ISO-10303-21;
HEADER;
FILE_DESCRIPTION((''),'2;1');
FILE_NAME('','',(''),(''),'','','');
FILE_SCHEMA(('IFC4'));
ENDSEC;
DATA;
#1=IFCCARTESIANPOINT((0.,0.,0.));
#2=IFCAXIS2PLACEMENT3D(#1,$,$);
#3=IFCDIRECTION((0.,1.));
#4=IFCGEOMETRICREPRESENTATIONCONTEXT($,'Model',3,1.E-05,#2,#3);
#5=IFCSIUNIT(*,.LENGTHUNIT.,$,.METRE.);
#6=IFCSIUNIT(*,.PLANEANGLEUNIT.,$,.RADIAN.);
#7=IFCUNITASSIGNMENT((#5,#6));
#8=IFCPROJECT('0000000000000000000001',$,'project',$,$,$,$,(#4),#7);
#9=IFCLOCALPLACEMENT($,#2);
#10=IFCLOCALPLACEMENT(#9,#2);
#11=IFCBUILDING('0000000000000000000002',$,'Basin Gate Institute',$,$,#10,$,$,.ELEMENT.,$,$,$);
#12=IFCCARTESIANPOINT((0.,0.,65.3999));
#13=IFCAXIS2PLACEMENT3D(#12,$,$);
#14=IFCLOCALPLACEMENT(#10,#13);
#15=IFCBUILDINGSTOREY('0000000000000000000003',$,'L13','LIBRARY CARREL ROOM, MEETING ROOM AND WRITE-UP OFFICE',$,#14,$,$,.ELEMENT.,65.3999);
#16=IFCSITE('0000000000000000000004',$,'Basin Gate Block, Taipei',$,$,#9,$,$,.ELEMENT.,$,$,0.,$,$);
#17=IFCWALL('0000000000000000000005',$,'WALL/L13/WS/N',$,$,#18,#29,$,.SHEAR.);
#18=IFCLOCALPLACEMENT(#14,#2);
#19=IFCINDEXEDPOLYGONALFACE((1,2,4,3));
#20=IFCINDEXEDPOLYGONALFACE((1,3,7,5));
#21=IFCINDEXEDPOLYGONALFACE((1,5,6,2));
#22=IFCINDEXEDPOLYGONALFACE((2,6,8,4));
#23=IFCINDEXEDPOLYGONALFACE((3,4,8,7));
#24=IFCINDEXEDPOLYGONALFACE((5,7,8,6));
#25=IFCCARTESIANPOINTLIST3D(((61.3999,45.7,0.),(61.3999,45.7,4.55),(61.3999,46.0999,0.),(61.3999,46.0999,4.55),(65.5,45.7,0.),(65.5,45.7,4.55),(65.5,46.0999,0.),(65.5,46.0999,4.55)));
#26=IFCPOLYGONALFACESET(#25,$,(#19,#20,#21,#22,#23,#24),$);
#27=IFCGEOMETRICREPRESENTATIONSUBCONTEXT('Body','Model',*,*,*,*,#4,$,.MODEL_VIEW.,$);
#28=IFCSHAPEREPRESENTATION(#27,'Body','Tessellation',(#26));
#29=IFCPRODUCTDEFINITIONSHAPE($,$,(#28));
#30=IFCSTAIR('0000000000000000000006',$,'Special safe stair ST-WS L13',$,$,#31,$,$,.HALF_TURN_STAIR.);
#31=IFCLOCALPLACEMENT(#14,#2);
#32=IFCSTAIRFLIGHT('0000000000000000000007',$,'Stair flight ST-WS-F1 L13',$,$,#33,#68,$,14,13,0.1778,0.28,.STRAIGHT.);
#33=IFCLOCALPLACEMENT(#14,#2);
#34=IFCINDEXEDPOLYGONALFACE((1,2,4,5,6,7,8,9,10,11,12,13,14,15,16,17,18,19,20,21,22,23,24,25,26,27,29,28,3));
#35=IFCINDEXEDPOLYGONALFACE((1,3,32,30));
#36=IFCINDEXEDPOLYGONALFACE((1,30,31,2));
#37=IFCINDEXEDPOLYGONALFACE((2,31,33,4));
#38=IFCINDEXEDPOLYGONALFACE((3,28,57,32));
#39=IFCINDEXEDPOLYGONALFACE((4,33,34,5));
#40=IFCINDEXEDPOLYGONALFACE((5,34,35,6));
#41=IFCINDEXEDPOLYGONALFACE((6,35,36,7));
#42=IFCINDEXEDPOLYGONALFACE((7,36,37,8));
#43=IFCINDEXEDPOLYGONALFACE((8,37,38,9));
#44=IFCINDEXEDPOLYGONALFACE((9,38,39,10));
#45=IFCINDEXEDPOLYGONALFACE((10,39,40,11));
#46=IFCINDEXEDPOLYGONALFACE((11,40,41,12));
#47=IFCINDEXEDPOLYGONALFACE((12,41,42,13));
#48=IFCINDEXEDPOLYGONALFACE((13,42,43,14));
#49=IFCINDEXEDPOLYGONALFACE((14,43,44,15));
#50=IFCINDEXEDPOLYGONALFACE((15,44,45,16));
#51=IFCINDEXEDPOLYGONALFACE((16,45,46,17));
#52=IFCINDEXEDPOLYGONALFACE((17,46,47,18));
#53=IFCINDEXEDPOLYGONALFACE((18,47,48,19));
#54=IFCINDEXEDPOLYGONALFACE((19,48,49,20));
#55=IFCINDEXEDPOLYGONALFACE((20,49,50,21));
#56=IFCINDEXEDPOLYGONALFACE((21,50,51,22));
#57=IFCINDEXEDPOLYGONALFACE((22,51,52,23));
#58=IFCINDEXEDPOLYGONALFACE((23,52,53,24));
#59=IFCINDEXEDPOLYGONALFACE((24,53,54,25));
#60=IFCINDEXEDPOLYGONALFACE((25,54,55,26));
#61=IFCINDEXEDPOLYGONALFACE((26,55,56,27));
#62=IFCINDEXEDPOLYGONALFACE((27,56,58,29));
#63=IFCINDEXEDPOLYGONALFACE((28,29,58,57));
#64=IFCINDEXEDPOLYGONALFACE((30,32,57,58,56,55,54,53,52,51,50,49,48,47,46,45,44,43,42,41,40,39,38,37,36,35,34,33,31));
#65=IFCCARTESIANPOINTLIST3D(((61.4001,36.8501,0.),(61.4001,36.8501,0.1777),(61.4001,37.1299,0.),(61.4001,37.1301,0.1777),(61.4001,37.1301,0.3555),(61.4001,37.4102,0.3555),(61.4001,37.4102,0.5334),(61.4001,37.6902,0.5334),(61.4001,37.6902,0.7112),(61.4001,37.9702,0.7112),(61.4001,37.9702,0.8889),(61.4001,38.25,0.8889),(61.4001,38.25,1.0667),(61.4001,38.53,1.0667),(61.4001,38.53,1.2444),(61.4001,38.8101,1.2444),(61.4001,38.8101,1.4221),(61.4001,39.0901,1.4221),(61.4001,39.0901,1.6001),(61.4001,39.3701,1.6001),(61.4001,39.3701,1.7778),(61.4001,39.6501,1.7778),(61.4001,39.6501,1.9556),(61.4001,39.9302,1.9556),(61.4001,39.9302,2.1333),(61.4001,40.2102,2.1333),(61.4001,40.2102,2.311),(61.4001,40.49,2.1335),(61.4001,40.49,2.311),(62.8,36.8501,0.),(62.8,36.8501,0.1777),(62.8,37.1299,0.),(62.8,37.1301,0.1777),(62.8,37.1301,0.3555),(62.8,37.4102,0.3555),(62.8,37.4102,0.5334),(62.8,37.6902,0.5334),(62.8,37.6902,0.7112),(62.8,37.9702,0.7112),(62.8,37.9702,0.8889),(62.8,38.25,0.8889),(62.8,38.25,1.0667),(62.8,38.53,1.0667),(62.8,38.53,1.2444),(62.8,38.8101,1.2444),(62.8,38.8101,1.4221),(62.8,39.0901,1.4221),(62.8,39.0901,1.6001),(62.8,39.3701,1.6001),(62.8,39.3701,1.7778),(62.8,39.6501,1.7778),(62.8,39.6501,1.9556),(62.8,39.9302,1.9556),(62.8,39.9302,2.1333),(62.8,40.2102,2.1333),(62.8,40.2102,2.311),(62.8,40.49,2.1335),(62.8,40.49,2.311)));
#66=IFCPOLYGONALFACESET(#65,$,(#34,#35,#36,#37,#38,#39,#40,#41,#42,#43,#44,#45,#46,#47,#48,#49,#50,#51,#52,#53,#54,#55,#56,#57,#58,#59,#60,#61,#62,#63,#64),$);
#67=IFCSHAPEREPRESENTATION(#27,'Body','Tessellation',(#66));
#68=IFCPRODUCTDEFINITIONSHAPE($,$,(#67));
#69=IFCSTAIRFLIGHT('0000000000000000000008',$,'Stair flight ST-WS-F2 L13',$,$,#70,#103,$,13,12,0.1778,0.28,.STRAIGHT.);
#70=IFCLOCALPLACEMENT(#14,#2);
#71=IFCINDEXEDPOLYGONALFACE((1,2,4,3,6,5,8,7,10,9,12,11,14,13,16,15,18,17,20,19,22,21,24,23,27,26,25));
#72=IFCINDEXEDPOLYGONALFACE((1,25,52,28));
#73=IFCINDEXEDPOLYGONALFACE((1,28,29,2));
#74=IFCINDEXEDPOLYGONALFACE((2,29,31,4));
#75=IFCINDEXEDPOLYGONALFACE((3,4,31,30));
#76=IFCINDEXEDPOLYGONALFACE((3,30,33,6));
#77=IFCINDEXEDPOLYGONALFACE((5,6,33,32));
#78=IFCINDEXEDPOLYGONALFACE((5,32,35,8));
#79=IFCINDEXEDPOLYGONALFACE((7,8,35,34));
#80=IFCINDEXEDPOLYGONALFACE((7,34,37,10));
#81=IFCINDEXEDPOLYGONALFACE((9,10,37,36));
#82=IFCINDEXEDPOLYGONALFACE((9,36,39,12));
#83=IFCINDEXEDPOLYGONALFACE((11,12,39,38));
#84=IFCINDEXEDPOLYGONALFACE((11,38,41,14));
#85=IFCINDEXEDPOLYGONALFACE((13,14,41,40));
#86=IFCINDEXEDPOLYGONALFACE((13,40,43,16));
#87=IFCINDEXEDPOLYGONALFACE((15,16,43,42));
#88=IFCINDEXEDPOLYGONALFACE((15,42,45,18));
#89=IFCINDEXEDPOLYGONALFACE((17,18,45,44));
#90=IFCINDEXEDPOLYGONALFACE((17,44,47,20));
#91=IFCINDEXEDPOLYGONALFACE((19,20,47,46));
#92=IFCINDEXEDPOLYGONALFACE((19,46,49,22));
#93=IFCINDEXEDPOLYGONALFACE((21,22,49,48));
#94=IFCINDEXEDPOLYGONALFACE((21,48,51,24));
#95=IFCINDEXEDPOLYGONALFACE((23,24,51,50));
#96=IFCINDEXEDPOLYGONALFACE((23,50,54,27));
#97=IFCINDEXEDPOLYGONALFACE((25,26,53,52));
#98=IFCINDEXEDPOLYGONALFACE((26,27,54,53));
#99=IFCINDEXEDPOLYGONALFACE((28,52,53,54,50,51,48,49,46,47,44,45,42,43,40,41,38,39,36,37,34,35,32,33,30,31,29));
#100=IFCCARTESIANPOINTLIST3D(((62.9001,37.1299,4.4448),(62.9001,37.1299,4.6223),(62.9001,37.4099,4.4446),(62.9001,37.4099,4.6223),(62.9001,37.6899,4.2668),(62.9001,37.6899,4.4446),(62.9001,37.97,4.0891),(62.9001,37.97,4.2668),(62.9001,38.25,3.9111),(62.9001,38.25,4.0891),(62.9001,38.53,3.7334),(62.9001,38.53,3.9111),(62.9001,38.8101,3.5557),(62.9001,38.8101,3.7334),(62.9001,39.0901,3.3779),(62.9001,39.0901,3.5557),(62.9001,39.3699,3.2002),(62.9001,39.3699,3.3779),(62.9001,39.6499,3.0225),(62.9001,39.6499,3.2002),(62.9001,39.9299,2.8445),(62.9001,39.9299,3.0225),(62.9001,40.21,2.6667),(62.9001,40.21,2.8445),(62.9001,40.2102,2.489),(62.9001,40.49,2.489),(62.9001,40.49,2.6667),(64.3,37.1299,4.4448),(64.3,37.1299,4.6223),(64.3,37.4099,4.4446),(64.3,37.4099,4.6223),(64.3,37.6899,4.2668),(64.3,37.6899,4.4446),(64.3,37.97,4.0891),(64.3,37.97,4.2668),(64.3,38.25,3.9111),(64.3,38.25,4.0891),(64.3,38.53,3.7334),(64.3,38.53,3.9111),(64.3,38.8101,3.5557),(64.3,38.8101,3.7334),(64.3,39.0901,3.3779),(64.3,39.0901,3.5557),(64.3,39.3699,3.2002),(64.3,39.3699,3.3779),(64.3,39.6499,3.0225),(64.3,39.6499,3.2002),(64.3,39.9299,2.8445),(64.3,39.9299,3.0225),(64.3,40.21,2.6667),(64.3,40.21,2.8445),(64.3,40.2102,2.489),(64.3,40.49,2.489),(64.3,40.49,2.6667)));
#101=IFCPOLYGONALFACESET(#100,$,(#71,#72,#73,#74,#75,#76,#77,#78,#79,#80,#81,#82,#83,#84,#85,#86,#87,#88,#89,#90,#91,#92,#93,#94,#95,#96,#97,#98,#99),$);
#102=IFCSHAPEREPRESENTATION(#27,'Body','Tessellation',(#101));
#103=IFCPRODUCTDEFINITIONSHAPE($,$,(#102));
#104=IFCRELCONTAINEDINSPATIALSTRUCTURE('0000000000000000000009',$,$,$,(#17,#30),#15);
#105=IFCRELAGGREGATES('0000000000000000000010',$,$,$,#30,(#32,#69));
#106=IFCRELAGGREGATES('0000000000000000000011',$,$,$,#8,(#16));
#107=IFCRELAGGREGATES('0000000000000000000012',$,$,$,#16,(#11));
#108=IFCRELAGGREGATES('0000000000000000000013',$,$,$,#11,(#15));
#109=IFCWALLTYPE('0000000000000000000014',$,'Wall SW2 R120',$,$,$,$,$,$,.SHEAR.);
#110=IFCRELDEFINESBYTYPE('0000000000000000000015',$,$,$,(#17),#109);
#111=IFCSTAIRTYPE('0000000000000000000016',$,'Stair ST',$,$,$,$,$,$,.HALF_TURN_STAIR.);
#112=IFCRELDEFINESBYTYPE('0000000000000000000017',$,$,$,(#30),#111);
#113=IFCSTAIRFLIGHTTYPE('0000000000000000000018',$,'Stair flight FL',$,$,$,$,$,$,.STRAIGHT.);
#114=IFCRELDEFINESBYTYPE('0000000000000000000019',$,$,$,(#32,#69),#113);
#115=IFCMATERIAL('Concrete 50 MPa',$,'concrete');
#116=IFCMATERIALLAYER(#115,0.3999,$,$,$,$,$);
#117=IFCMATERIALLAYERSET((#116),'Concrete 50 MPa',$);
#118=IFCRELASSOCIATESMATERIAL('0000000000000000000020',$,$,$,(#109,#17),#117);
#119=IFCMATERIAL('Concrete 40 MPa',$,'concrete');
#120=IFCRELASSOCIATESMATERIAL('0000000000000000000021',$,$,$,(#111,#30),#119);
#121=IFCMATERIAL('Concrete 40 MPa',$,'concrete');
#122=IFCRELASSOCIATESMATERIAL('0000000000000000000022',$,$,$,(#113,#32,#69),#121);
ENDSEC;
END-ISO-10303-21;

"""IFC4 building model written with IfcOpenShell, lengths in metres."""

from ifc_helpers import new_model, si_unit, direction, frame, frame_2d, origin, place, context, subcontext, project, spatial, polyline, rectangle, outline, extrude, material, layer, layer_set, type_object, element, aggregate, save


model = new_model("IFC4")

# Units and contexts
model_context = context("Model", 3, precision=1e-05, world=origin(), true_north=direction((0.0, 1.0)))
body_context = subcontext(model_context, "Body", "Model", "MODEL_VIEW")
ifc_project = project(units=[si_unit("LENGTHUNIT", "METRE"), si_unit("PLANEANGLEUNIT", "RADIAN")], contexts=[model_context])

# Site, building, storey
site_placement = place(None, origin())
site = spatial("IfcSite", under=ifc_project, at=site_placement, Name="Basin Gate Block, Taipei", CompositionType="ELEMENT", RefElevation=0.0)
building_placement = place(site_placement, origin())
building = spatial("IfcBuilding", under=site, at=building_placement, Name="Basin Gate Institute", CompositionType="ELEMENT")
storey_placement = place(building_placement, frame((0.0, 0.0, 65.3999)))
storey = spatial("IfcBuildingStorey", under=building, at=storey_placement, Name="L13", Description="LIBRARY CARREL ROOM, MEETING ROOM AND WRITE-UP OFFICE", CompositionType="ELEMENT", Elevation=65.3999)

# Shared definitions
ifc_material_1 = material(Name="Concrete 50 MPa", Category="concrete")
ifc_layer_1 = layer(ifc_material_1, 0.3999)
ifc_layer_set_1 = layer_set([ifc_layer_1], Name="Concrete 50 MPa")
wall_type_1 = type_object("IfcWallType", Name="Wall SW2 R120", PredefinedType="SHEAR", material=ifc_layer_set_1)

# Wall
wall_1_placement = place(storey_placement, frame((61.3999, 45.8999, 0.0), z_axis=(0.0, 0.0, 1.0), x_axis=(1.0, 0.0, 0.0)))
element("IfcWall", 1, at=wall_1_placement, inside=storey, type_object=wall_type_1, material=ifc_layer_set_1, Name="WALL/L13/WS/N", PredefinedType="SHEAR", context=body_context, shape_type="SweptSolid", body=[
    extrude(rectangle(XDim=4.1001, YDim=0.3999, at=frame_2d((2.05, 0.0))), origin(), (0.0, 0.0, 1.0), 4.55),
])

# Stair, stair flights
ifc_material_2 = material(Name="Concrete 40 MPa", Category="concrete")
stair_type = type_object("IfcStairType", Name="Stair ST", PredefinedType="HALF_TURN_STAIR", material=ifc_material_2)
stair_placement = place(storey_placement, origin())
stair = element("IfcStair", 2, at=stair_placement, inside=storey, type_object=stair_type, material=ifc_material_2, Name="Special safe stair ST-WS L13", PredefinedType="HALF_TURN_STAIR")
ifc_material_3 = material(Name="Concrete 40 MPa", Category="concrete")
stair_flight_type = type_object("IfcStairFlightType", Name="Stair flight FL", PredefinedType="STRAIGHT", material=ifc_material_3)
stair_flight_1_placement = place(storey_placement, frame((62.1001, 36.8501, 0.0), z_axis=(0.0, 0.0, 1.0), x_axis=(0.0, 1.0, 0.0)))
stair_flight_1 = element("IfcStairFlight", 3, at=stair_flight_1_placement, type_object=stair_flight_type, material=ifc_material_3, Name="Stair flight ST-WS-F1 L13", NumberOfRisers=14, NumberOfTreads=13, PredefinedType="STRAIGHT", RiserHeight=0.1778, TreadLength=0.28, context=body_context, shape_type="SweptSolid", body=[
    extrude(outline(polyline([(0.0, 0.0), (0.0, 0.1777), (0.28, 0.1777), (0.28, 0.3555), (0.5601, 0.3555), (0.5601, 0.5334), (0.8401, 0.5334), (0.8401, 0.7112), (1.1201, 0.7112), (1.1201, 0.8889), (1.3999, 0.8889), (1.3999, 1.0667), (1.6799, 1.0667), (1.6799, 1.2444), (1.96, 1.2444), (1.96, 1.4221), (2.24, 1.4221), (2.24, 1.6001), (2.52, 1.6001), (2.52, 1.7778), (2.8, 1.7778), (2.8, 1.9556), (3.0801, 1.9556), (3.0801, 2.1333), (3.3601, 2.1333), (3.3601, 2.311), (3.6399, 2.311), (3.6399, 2.4888), (3.6399, 2.1335), (0.2798, 0.0), (0.0, 0.0)])), frame((0.0, 0.7, 0.0), z_axis=(0.0, -1.0, 0.0), x_axis=(1.0, 0.0, 0.0)), (0.0, 0.0, 1.0), 1.3999),
])
stair_flight_2_placement = place(storey_placement, frame((63.6001, 40.49, 2.489), z_axis=(0.0, 0.0, 1.0), x_axis=(0.0, -1.0, 0.0)))
stair_flight_2 = element("IfcStairFlight", 4, at=stair_flight_2_placement, type_object=stair_flight_type, material=ifc_material_3, Name="Stair flight ST-WS-F2 L13", NumberOfRisers=13, NumberOfTreads=12, PredefinedType="STRAIGHT", RiserHeight=0.1778, TreadLength=0.28, context=body_context, shape_type="SweptSolid", body=[
    extrude(outline(polyline([(0.0, 0.0), (0.0, 0.1777), (0.28, 0.1777), (0.28, 0.3555), (0.5601, 0.3555), (0.5601, 0.5334), (0.8401, 0.5334), (0.8401, 0.7112), (1.1201, 0.7112), (1.1201, 0.8889), (1.3999, 0.8889), (1.3999, 1.0667), (1.6799, 1.0667), (1.6799, 1.2444), (1.96, 1.2444), (1.96, 1.4221), (2.24, 1.4221), (2.24, 1.6001), (2.52, 1.6001), (2.52, 1.7778), (2.8, 1.7778), (2.8, 1.9556), (3.0801, 1.9556), (3.0801, 2.1333), (3.3601, 2.1333), (3.3601, 2.311), (3.3601, 1.9558), (0.2798, 0.0), (0.0, 0.0)])), frame((0.0, 0.7, 0.0), z_axis=(0.0, -1.0, 0.0), x_axis=(1.0, 0.0, 0.0)), (0.0, 0.0, 1.0), 1.3999),
])
aggregate(stair, [stair_flight_1, stair_flight_2])

save(model, "model.ifc")
